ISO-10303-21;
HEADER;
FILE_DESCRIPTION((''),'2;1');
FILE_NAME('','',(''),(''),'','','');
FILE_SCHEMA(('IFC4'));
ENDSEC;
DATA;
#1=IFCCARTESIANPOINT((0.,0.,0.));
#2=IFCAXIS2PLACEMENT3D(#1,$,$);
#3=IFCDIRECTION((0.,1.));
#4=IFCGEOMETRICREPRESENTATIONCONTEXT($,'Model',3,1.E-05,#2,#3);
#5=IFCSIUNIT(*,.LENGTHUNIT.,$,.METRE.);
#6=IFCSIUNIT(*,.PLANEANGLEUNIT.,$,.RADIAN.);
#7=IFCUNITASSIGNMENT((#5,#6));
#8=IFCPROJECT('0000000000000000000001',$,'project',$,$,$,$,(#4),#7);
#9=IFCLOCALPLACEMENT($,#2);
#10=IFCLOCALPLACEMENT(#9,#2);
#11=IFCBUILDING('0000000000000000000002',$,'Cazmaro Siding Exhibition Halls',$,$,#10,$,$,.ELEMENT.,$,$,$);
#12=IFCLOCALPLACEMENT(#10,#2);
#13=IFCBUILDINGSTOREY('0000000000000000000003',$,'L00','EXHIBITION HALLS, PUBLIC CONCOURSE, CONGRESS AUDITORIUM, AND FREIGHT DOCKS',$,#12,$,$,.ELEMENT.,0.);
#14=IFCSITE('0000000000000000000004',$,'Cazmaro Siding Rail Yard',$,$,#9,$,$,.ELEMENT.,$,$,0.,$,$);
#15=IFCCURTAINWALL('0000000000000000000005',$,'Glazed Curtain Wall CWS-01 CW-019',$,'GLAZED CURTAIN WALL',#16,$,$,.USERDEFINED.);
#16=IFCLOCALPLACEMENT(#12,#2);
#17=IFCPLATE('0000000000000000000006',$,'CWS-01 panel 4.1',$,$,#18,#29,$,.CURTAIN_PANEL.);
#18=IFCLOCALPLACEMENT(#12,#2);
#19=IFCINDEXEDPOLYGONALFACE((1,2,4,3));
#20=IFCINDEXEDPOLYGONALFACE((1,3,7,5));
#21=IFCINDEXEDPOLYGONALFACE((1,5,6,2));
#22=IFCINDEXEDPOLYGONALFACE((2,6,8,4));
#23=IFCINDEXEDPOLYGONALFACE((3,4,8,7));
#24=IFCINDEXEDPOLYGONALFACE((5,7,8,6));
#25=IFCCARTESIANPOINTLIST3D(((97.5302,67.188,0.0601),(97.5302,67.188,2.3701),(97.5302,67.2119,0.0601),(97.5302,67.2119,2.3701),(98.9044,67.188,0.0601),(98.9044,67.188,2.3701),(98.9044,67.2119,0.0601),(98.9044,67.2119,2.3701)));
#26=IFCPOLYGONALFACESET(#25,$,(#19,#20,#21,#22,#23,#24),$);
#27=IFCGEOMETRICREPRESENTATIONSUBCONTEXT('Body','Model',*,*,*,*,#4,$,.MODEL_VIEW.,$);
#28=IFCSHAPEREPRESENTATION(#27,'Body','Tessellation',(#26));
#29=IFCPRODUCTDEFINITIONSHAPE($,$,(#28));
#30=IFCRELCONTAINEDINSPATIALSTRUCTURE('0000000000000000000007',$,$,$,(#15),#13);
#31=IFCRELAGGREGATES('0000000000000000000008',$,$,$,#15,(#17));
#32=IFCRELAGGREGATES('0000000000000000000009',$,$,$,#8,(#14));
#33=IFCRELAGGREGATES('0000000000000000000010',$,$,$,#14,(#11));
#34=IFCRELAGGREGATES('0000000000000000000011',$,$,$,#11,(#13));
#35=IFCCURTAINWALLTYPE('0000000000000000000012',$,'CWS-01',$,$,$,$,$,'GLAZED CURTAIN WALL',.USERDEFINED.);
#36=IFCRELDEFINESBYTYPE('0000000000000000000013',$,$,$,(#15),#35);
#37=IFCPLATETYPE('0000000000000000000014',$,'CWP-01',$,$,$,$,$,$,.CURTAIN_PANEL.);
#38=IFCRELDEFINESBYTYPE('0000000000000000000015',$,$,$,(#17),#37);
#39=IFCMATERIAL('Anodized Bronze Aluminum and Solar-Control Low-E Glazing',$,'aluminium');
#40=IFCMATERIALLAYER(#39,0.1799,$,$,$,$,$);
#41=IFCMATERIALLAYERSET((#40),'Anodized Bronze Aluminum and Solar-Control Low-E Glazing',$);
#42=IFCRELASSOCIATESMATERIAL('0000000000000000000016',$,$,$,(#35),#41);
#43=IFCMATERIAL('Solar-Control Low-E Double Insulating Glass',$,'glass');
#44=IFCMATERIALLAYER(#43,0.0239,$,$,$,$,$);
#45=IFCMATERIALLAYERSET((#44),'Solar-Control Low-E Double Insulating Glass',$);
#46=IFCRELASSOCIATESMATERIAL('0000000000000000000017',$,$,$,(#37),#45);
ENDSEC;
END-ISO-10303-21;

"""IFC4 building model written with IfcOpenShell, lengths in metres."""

from ifc_helpers import new_model, si_unit, direction, frame, origin, origin_2d, place, context, subcontext, project, spatial, rectangle, extrude, material, layer, layer_set, type_object, element, aggregate, save


model = new_model("IFC4")

# Units and contexts
model_context = context("Model", 3, precision=1e-05, world=origin(), true_north=direction((0.0, 1.0)))
body_context = subcontext(model_context, "Body", "Model", "MODEL_VIEW")
ifc_project = project(units=[si_unit("LENGTHUNIT", "METRE"), si_unit("PLANEANGLEUNIT", "RADIAN")], contexts=[model_context])

# Site, building, storey
site_placement = place(None, origin())
site = spatial("IfcSite", under=ifc_project, at=site_placement, Name="Cazmaro Siding Rail Yard", CompositionType="ELEMENT", RefElevation=0.0)
building_placement = place(site_placement, origin())
building = spatial("IfcBuilding", under=site, at=building_placement, Name="Cazmaro Siding Exhibition Halls", CompositionType="ELEMENT")
storey_placement = place(building_placement, origin())
storey = spatial("IfcBuildingStorey", under=building, at=storey_placement, Name="L00", Description="EXHIBITION HALLS, PUBLIC CONCOURSE, CONGRESS AUDITORIUM, AND FREIGHT DOCKS", CompositionType="ELEMENT", Elevation=0.0)

# Shared definitions
ifc_material_1 = material(Name="Anodized Bronze Aluminum and Solar-Control Low-E Glazing", Category="aluminium")
ifc_layer_1 = layer(ifc_material_1, 0.1799)
ifc_layer_set_1 = layer_set([ifc_layer_1], Name="Anodized Bronze Aluminum and Solar-Control Low-E Glazing")
curtain_wall_type = type_object("IfcCurtainWallType", Name="CWS-01", ElementType="GLAZED CURTAIN WALL", PredefinedType="USERDEFINED", material=ifc_layer_set_1)

# Curtain wall, plate
curtain_wall_1_placement = place(storey_placement, origin())
curtain_wall_1 = element("IfcCurtainWall", 1, at=curtain_wall_1_placement, inside=storey, type_object=curtain_wall_type, Name="Glazed Curtain Wall CWS-01 CW-019", ObjectType="GLAZED CURTAIN WALL", PredefinedType="USERDEFINED")
ifc_material_2 = material(Name="Solar-Control Low-E Double Insulating Glass", Category="glass")
ifc_layer_2 = layer(ifc_material_2, 0.0239)
ifc_layer_set_2 = layer_set([ifc_layer_2], Name="Solar-Control Low-E Double Insulating Glass")
plate_type = type_object("IfcPlateType", Name="CWP-01", PredefinedType="CURTAIN_PANEL", material=ifc_layer_set_2)
plate_1_placement = place(storey_placement, frame((98.2173, 67.2, 0.0601), z_axis=(0.0, 0.0, 1.0), x_axis=(1.0, 0.0, 0.0)))
plate_1 = element("IfcPlate", 2, at=plate_1_placement, type_object=plate_type, Name="CWS-01 panel 4.1", PredefinedType="CURTAIN_PANEL", context=body_context, shape_type="SweptSolid", body=[
    extrude(rectangle(XDim=1.3743, YDim=0.0239, at=origin_2d()), origin(), (0.0, 0.0, 1.0), 2.3101),
])
aggregate(curtain_wall_1, [plate_1])

save(model, "model.ifc")
